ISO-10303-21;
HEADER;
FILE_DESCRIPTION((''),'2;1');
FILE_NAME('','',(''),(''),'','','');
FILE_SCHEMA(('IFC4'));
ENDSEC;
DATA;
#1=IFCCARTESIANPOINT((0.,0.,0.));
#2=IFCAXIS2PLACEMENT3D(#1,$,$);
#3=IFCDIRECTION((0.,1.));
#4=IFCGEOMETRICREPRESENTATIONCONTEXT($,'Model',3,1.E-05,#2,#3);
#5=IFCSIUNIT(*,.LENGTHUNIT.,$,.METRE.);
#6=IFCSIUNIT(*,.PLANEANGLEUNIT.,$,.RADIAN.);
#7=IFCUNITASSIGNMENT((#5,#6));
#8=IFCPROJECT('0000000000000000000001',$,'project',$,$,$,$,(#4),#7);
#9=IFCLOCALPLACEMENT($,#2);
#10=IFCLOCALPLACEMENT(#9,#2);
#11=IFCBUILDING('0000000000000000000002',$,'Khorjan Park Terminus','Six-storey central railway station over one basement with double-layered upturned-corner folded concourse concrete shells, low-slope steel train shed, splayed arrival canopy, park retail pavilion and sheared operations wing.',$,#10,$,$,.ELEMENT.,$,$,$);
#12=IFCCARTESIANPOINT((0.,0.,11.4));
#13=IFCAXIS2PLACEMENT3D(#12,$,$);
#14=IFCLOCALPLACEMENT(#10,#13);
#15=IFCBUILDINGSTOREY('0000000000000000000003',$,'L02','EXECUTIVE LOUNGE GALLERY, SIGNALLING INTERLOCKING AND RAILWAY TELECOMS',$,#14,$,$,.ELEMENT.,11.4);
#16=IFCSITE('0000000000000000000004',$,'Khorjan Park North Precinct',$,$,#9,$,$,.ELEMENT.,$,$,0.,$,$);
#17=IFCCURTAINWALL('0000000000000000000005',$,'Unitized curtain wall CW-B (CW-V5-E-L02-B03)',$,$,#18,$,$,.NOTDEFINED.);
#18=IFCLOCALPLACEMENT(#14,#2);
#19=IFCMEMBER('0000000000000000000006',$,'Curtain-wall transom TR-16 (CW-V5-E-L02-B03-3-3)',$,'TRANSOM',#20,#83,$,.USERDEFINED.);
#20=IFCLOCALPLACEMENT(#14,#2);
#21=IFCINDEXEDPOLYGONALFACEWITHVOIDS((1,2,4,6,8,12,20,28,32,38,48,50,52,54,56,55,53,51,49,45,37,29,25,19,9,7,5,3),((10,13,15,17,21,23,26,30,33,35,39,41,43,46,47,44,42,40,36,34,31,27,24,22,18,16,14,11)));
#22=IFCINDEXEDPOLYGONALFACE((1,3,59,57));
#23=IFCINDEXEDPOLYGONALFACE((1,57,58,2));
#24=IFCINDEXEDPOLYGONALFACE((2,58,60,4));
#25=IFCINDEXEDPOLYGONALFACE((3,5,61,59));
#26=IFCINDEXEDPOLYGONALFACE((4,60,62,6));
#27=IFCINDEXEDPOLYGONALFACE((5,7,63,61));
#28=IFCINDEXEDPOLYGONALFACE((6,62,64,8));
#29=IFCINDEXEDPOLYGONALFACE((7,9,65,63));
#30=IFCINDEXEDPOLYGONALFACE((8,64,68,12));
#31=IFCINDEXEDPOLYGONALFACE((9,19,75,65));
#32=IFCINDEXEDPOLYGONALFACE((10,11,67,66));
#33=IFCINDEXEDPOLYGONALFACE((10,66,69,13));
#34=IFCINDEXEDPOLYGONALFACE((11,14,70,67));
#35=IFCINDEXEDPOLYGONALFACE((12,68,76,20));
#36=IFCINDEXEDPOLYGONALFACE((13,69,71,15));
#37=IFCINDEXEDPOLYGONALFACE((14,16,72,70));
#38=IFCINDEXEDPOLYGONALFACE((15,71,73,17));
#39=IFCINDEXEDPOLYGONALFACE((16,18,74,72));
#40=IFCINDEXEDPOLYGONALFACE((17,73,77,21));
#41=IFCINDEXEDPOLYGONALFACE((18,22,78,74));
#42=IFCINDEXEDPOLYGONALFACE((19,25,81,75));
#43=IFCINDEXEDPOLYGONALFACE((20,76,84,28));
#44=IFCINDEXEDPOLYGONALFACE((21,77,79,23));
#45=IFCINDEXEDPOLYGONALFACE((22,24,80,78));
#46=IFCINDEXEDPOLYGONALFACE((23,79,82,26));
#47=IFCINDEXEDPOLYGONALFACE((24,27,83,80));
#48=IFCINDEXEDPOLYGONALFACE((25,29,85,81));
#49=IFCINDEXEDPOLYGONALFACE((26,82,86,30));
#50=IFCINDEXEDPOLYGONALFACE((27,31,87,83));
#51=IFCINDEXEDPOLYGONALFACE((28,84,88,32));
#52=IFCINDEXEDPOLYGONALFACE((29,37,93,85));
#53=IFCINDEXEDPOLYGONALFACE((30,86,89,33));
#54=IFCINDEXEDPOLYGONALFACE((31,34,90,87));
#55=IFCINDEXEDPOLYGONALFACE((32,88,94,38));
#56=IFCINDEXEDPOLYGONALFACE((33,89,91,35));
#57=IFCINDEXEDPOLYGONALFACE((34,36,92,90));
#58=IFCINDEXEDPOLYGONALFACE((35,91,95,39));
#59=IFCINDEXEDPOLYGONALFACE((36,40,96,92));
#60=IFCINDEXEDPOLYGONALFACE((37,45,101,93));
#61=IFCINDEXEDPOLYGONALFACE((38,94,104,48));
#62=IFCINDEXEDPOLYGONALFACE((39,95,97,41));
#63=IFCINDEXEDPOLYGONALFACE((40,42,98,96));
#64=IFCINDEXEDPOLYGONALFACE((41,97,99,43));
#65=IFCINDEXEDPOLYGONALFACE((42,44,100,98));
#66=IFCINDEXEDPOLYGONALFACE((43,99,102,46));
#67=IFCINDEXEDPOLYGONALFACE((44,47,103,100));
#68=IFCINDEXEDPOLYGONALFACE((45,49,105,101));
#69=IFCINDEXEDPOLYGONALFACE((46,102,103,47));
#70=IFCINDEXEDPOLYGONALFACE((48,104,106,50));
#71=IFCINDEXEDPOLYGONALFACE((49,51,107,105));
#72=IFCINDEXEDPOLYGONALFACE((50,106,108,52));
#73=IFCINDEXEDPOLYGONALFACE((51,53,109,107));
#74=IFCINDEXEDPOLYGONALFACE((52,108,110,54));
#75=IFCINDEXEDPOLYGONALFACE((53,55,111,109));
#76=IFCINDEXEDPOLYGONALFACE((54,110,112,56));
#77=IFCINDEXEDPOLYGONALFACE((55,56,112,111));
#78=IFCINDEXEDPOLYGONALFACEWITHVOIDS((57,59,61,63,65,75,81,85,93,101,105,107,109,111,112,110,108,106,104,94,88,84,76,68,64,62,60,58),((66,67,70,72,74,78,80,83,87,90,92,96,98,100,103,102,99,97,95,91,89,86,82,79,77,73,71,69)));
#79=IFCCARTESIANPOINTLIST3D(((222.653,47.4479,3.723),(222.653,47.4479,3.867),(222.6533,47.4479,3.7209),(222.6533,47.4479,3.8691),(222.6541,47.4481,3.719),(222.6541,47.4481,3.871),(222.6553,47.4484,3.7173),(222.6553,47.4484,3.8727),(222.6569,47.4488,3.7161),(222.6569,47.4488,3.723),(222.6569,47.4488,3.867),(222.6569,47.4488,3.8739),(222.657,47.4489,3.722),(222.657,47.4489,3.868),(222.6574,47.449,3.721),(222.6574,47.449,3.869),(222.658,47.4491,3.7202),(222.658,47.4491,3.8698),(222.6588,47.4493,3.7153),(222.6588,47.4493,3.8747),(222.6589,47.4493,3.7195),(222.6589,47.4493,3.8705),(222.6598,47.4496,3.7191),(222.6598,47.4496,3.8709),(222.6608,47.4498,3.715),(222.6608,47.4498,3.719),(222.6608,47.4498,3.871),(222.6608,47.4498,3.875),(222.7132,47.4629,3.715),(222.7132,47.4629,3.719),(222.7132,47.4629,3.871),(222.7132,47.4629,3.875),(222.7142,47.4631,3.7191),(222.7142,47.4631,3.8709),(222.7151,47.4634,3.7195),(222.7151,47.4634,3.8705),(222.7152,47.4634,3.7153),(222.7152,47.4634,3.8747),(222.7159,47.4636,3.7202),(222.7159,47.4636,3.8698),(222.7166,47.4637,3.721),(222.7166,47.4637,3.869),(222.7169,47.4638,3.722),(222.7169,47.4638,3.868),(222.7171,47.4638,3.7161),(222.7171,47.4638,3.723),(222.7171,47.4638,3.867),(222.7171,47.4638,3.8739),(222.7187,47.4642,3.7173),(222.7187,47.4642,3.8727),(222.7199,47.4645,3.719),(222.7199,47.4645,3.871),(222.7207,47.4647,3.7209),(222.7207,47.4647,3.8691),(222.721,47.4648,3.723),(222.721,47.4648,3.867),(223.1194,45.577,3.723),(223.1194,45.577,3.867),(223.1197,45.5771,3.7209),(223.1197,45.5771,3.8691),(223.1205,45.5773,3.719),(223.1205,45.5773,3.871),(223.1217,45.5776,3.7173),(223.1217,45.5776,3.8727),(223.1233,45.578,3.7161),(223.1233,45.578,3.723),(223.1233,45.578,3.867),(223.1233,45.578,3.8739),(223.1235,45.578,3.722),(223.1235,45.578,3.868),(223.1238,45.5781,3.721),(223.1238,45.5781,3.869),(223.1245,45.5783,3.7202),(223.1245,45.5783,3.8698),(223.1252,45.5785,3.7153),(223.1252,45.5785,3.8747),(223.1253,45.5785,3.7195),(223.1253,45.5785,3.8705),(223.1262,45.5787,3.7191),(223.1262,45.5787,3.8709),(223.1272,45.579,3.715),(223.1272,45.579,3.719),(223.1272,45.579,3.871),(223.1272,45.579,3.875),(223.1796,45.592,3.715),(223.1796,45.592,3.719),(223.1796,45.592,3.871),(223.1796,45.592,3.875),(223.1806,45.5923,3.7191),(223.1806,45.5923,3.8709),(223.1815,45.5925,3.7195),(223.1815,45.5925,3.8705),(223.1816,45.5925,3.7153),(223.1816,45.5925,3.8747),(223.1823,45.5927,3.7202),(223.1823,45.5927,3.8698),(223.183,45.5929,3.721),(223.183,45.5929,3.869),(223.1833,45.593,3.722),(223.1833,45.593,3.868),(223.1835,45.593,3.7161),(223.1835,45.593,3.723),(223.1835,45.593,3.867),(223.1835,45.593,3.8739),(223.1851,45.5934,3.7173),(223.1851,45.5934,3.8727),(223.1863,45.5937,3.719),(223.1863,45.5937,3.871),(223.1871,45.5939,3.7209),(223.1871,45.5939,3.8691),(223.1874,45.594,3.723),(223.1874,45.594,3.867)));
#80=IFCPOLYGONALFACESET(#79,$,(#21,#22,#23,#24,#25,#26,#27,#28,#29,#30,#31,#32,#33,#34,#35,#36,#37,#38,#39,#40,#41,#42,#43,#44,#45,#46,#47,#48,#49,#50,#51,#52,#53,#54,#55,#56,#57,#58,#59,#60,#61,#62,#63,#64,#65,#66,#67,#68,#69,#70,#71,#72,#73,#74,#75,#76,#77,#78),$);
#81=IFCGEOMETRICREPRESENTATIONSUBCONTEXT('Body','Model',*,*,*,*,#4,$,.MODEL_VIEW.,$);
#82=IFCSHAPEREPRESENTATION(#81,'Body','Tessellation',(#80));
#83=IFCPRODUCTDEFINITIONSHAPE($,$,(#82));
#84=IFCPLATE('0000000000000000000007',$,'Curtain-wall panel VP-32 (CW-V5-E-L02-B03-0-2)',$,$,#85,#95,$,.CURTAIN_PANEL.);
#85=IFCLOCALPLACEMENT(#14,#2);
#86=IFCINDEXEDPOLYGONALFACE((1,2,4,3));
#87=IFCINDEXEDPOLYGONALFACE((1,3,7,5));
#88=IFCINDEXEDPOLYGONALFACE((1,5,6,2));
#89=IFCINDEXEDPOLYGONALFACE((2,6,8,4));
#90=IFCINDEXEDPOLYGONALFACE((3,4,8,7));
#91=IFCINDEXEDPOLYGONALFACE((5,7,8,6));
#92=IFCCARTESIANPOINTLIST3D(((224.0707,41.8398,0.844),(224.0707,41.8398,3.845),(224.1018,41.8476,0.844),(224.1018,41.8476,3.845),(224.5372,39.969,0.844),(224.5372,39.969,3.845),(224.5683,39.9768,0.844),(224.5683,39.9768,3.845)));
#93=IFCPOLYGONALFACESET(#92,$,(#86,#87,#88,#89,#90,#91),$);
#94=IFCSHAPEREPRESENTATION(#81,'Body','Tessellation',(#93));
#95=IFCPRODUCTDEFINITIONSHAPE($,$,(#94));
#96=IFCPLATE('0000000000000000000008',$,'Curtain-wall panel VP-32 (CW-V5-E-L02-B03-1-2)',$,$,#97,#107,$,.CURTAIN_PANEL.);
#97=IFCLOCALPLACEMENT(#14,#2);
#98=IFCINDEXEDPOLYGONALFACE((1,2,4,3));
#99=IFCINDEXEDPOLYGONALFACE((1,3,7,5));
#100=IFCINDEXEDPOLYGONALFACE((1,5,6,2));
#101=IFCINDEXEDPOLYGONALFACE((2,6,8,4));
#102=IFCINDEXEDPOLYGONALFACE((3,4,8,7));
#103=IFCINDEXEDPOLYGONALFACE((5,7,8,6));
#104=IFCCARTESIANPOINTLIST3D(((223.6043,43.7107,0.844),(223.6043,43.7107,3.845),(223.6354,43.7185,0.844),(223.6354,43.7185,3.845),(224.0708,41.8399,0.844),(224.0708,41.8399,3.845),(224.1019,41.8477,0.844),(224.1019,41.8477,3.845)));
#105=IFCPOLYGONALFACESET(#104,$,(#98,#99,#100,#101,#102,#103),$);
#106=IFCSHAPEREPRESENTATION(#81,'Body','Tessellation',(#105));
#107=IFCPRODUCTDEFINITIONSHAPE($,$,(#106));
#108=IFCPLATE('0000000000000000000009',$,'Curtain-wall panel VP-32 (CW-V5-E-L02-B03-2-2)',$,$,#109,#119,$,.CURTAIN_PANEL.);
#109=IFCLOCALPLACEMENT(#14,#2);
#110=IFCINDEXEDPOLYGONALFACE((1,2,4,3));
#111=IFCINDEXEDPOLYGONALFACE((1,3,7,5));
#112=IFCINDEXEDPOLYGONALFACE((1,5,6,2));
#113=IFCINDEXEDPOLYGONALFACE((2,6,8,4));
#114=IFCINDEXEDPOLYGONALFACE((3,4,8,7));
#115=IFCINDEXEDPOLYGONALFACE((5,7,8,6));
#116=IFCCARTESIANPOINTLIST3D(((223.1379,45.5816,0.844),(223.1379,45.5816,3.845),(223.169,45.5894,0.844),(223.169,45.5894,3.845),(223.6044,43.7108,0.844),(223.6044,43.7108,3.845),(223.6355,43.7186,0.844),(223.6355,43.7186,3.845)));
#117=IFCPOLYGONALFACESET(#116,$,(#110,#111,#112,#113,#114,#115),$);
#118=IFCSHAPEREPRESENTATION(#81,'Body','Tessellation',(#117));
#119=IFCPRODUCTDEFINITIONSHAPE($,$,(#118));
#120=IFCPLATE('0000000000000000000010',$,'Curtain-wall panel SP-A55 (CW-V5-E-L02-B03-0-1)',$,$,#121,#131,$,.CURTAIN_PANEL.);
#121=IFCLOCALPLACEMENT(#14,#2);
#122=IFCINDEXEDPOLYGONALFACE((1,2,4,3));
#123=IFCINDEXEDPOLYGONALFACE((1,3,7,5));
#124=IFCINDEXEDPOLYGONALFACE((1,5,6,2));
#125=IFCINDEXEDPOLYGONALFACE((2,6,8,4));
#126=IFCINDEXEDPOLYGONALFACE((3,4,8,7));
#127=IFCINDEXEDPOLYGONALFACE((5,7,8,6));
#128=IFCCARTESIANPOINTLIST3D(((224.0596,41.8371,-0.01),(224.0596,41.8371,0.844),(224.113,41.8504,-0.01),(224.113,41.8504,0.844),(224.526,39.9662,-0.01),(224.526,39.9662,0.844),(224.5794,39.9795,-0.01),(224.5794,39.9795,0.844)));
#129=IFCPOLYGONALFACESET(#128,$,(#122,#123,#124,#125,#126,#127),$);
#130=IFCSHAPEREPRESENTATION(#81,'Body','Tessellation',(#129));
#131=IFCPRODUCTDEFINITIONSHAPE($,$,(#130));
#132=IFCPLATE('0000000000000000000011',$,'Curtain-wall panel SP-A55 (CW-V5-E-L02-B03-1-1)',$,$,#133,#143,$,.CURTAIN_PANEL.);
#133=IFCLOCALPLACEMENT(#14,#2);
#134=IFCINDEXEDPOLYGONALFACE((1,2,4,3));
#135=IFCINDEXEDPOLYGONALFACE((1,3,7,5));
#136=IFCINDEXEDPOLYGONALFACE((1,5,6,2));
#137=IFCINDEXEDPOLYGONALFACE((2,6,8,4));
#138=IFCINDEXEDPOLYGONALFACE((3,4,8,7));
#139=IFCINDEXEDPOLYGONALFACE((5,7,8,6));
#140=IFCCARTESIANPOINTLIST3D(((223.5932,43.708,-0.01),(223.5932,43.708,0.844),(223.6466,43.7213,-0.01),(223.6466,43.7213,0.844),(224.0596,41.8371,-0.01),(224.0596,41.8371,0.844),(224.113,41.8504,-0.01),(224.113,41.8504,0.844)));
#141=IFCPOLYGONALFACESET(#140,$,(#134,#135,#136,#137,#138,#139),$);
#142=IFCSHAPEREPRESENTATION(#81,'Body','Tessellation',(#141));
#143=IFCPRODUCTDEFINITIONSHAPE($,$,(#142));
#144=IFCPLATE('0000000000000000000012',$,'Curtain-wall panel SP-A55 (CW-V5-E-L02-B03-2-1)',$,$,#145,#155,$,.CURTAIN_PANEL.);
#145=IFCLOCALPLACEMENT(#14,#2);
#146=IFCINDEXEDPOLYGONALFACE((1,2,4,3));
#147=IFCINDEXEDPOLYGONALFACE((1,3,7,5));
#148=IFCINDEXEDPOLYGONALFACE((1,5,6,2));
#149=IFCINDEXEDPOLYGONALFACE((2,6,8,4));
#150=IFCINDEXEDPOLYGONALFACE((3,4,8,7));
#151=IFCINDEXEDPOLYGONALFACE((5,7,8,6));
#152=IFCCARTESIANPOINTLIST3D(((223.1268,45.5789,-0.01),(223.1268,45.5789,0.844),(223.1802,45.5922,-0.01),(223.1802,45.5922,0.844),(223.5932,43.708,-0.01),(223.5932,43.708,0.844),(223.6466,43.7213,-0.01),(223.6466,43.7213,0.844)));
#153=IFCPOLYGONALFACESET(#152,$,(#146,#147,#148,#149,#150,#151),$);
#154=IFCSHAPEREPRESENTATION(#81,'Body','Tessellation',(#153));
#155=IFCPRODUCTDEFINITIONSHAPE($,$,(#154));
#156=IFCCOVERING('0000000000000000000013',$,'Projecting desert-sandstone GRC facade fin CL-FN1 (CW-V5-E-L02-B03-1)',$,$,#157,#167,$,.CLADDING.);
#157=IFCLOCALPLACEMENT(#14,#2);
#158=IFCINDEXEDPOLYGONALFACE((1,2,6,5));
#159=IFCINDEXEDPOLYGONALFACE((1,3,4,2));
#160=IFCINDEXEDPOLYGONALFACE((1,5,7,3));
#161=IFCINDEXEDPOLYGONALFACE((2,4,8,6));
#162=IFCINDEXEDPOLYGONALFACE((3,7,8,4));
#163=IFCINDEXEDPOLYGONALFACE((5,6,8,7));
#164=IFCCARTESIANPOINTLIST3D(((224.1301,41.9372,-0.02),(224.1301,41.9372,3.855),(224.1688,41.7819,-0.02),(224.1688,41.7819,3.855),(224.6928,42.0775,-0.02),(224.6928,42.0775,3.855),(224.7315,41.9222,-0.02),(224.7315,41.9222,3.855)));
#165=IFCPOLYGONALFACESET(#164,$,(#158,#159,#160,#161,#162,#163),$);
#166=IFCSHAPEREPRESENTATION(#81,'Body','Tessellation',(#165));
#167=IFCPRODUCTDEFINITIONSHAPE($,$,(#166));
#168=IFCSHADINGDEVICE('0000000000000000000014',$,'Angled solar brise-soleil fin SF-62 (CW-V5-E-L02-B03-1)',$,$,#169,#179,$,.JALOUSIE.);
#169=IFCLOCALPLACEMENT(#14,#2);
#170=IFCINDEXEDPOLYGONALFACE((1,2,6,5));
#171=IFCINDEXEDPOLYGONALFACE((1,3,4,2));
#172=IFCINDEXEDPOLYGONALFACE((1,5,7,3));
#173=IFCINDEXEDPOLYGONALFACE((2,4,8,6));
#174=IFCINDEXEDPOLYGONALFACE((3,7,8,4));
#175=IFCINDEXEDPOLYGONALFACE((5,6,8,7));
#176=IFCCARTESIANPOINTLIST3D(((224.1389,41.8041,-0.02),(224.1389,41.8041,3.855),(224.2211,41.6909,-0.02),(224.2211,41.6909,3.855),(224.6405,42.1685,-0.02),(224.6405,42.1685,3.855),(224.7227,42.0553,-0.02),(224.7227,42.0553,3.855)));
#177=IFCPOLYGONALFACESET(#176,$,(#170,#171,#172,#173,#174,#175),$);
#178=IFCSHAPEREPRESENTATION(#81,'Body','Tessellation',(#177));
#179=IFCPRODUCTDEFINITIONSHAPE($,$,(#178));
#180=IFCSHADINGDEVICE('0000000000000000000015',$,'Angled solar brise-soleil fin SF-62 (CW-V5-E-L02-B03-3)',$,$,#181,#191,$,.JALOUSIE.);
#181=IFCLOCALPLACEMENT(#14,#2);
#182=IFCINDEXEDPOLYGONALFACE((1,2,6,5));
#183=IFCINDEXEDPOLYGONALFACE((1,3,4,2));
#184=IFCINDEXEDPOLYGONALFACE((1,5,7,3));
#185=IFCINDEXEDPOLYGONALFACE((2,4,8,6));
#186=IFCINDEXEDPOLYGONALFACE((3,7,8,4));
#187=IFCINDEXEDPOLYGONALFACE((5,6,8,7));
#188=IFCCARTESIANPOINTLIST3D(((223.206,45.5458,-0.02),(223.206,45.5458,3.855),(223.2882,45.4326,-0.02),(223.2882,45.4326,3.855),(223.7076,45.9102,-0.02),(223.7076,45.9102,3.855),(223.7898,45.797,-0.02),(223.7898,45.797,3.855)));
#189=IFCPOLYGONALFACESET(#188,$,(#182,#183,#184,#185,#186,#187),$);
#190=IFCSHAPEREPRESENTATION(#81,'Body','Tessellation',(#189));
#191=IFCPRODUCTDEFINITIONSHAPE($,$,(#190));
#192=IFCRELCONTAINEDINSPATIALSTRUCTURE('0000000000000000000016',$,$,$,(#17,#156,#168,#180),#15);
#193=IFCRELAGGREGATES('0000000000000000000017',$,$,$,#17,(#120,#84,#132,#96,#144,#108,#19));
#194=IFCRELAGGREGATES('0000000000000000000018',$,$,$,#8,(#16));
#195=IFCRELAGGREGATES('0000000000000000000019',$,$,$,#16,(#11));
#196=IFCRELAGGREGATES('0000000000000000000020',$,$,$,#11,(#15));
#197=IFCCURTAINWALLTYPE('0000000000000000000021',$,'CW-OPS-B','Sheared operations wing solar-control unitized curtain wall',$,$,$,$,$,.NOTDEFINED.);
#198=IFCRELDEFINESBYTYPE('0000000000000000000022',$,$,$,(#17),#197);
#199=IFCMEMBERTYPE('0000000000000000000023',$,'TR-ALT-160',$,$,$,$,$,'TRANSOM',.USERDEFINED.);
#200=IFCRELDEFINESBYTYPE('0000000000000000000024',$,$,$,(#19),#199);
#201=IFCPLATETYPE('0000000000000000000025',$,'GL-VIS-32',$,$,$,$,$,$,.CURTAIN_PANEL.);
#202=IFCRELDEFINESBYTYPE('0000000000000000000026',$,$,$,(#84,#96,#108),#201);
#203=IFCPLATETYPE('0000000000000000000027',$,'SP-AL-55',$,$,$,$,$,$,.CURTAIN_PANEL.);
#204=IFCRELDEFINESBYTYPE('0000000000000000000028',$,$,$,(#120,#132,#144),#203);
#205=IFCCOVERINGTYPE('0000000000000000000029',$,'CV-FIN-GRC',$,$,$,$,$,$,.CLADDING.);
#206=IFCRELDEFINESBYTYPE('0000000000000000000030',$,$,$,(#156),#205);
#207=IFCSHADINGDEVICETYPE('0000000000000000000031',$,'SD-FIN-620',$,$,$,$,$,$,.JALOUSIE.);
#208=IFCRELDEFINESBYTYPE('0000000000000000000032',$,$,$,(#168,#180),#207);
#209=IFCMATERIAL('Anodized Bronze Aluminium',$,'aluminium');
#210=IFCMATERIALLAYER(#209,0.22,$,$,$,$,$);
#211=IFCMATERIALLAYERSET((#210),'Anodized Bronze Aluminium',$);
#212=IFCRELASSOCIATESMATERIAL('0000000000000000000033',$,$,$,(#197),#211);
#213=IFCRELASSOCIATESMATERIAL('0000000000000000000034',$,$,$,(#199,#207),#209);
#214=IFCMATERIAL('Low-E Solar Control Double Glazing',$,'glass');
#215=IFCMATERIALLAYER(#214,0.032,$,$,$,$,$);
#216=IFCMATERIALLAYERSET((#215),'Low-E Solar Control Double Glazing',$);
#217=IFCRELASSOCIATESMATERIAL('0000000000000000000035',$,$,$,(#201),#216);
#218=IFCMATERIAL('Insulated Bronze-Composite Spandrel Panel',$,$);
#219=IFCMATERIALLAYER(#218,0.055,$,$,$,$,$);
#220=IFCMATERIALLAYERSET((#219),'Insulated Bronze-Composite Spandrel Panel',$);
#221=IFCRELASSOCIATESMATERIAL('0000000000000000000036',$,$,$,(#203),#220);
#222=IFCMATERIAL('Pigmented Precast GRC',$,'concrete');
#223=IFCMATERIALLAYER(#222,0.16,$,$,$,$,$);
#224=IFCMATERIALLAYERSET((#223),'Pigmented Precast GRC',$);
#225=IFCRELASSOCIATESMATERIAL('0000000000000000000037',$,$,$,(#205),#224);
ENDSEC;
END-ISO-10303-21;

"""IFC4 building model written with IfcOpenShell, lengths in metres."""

from ifc_helpers import new_model, si_unit, direction, frame, origin, origin_2d, place, context, subcontext, project, spatial, rectangle, hollow_rectangle, extrude, material, layer, layer_set, material_profile, profile_set, type_object, element, aggregate, save


model = new_model("IFC4")

# Units and contexts
model_context = context("Model", 3, precision=1e-05, world=origin(), true_north=direction((0.0, 1.0)))
body_context = subcontext(model_context, "Body", "Model", "MODEL_VIEW")
ifc_project = project(units=[si_unit("LENGTHUNIT", "METRE"), si_unit("PLANEANGLEUNIT", "RADIAN")], contexts=[model_context])

# Site, building, storey
site_placement = place(None, origin())
site = spatial("IfcSite", under=ifc_project, at=site_placement, Name="Khorjan Park North Precinct", CompositionType="ELEMENT", RefElevation=0.0)
building_placement = place(site_placement, origin())
building = spatial("IfcBuilding", under=site, at=building_placement, Name="Khorjan Park Terminus", Description="Six-storey central railway station over one basement with double-layered upturned-corner folded concourse concrete shells, low-slope steel train shed, splayed arrival canopy, park retail pavilion and sheared operations wing.", CompositionType="ELEMENT")
storey_placement = place(building_placement, frame((0.0, 0.0, 11.4)))
storey = spatial("IfcBuildingStorey", under=building, at=storey_placement, Name="L02", Description="EXECUTIVE LOUNGE GALLERY, SIGNALLING INTERLOCKING AND RAILWAY TELECOMS", CompositionType="ELEMENT", Elevation=11.4)

# Curtain wall, member, plates
ifc_material_1 = material(Name="Anodized Bronze Aluminium", Category="aluminium")
ifc_layer_1 = layer(ifc_material_1, 0.22)
ifc_layer_set_1 = layer_set([ifc_layer_1], Name="Anodized Bronze Aluminium")
curtain_wall_type = type_object("IfcCurtainWallType", Name="CW-OPS-B", Description="Sheared operations wing solar-control unitized curtain wall", PredefinedType="NOTDEFINED", material=ifc_layer_set_1)
curtain_wall_placement = place(storey_placement, origin())
curtain_wall = element("IfcCurtainWall", 1, at=curtain_wall_placement, inside=storey, type_object=curtain_wall_type, Name="Unitized curtain wall CW-B (CW-V5-E-L02-B03)", PredefinedType="NOTDEFINED")
ifc_material_profile_1 = material_profile(ifc_material_1, hollow_rectangle(XDim=0.07, YDim=0.16, WallThickness=0.004, InnerFilletRadius=0.004, OuterFilletRadius=0.008, at=origin_2d()), Name="ALT 70x160x4")
ifc_profile_set_1 = profile_set([ifc_material_profile_1], Name="Anodized Bronze Aluminium")
member_type_1 = type_object("IfcMemberType", Name="TR-ALT-160", ElementType="TRANSOM", PredefinedType="USERDEFINED", material=ifc_profile_set_1)
member_1_placement = place(storey_placement, frame((223.1534, 45.5855, 3.795), z_axis=(-0.241901, 0.970301, 0.0), x_axis=(-0.970301, -0.241901, 0.0)))
member_1 = element("IfcMember", 2, at=member_1_placement, type_object=member_type_1, Name="Curtain-wall transom TR-16 (CW-V5-E-L02-B03-3-3)", ObjectType="TRANSOM", PredefinedType="USERDEFINED", context=body_context, shape_type="SweptSolid", body=[
    extrude(hollow_rectangle(XDim=0.07, YDim=0.16, WallThickness=0.004, InnerFilletRadius=0.004, OuterFilletRadius=0.008, at=origin_2d()), origin(), (0.0, 0.0, 1.0), 1.9281),
])
ifc_material_2 = material(Name="Low-E Solar Control Double Glazing", Category="glass")
ifc_layer_2 = layer(ifc_material_2, 0.032)
ifc_layer_set_2 = layer_set([ifc_layer_2], Name="Low-E Solar Control Double Glazing")
plate_type_1 = type_object("IfcPlateType", Name="GL-VIS-32", PredefinedType="CURTAIN_PANEL", material=ifc_layer_set_2)
plate_1_placement = place(storey_placement, frame((224.3195, 40.9083, 0.844), z_axis=(0.0, 0.0, 1.0), x_axis=(-0.241923, 0.970295, 0.0)))
plate_1 = element("IfcPlate", 3, at=plate_1_placement, type_object=plate_type_1, Name="Curtain-wall panel VP-32 (CW-V5-E-L02-B03-0-2)", PredefinedType="CURTAIN_PANEL", context=body_context, shape_type="SweptSolid", body=[
    extrude(rectangle(XDim=1.9281, YDim=0.032, at=origin_2d()), origin(), (0.0, 0.0, 1.0), 3.001),
])
plate_2_placement = place(storey_placement, frame((223.8531, 42.7792, 0.844), z_axis=(0.0, 0.0, 1.0), x_axis=(-0.241923, 0.970295, 0.0)))
plate_2 = element("IfcPlate", 4, at=plate_2_placement, type_object=plate_type_1, Name="Curtain-wall panel VP-32 (CW-V5-E-L02-B03-1-2)", PredefinedType="CURTAIN_PANEL", context=body_context, shape_type="SweptSolid", body=[
    extrude(rectangle(XDim=1.9281, YDim=0.032, at=origin_2d()), origin(), (0.0, 0.0, 1.0), 3.001),
])
plate_3_placement = place(storey_placement, frame((223.3867, 44.6501, 0.844), z_axis=(0.0, 0.0, 1.0), x_axis=(-0.241923, 0.970295, 0.0)))
plate_3 = element("IfcPlate", 5, at=plate_3_placement, type_object=plate_type_1, Name="Curtain-wall panel VP-32 (CW-V5-E-L02-B03-2-2)", PredefinedType="CURTAIN_PANEL", context=body_context, shape_type="SweptSolid", body=[
    extrude(rectangle(XDim=1.9281, YDim=0.032, at=origin_2d()), origin(), (0.0, 0.0, 1.0), 3.001),
])
ifc_material_3 = material(Name="Insulated Bronze-Composite Spandrel Panel")
ifc_layer_3 = layer(ifc_material_3, 0.055)
ifc_layer_set_3 = layer_set([ifc_layer_3], Name="Insulated Bronze-Composite Spandrel Panel")
plate_type_2 = type_object("IfcPlateType", Name="SP-AL-55", PredefinedType="CURTAIN_PANEL", material=ifc_layer_set_3)
plate_4_placement = place(storey_placement, frame((224.3195, 40.9083, -0.01), z_axis=(0.0, 0.0, 1.0), x_axis=(-0.241923, 0.970295, 0.0)))
plate_4 = element("IfcPlate", 6, at=plate_4_placement, type_object=plate_type_2, Name="Curtain-wall panel SP-A55 (CW-V5-E-L02-B03-0-1)", PredefinedType="CURTAIN_PANEL", context=body_context, shape_type="SweptSolid", body=[
    extrude(rectangle(XDim=1.9281, YDim=0.055, at=origin_2d()), origin(), (0.0, 0.0, 1.0), 0.854),
])
plate_5_placement = place(storey_placement, frame((223.8531, 42.7792, -0.01), z_axis=(0.0, 0.0, 1.0), x_axis=(-0.241923, 0.970295, 0.0)))
plate_5 = element("IfcPlate", 7, at=plate_5_placement, type_object=plate_type_2, Name="Curtain-wall panel SP-A55 (CW-V5-E-L02-B03-1-1)", PredefinedType="CURTAIN_PANEL", context=body_context, shape_type="SweptSolid", body=[
    extrude(rectangle(XDim=1.9281, YDim=0.055, at=origin_2d()), origin(), (0.0, 0.0, 1.0), 0.854),
])
plate_6_placement = place(storey_placement, frame((223.3867, 44.6501, -0.01), z_axis=(0.0, 0.0, 1.0), x_axis=(-0.241923, 0.970295, 0.0)))
plate_6 = element("IfcPlate", 8, at=plate_6_placement, type_object=plate_type_2, Name="Curtain-wall panel SP-A55 (CW-V5-E-L02-B03-2-1)", PredefinedType="CURTAIN_PANEL", context=body_context, shape_type="SweptSolid", body=[
    extrude(rectangle(XDim=1.9281, YDim=0.055, at=origin_2d()), origin(), (0.0, 0.0, 1.0), 0.854),
])
aggregate(curtain_wall, [plate_4, plate_1, plate_5, plate_2, plate_6, plate_3, member_1])

# Covering
ifc_material_4 = material(Name="Pigmented Precast GRC", Category="concrete")
ifc_layer_4 = layer(ifc_material_4, 0.16)
ifc_layer_set_4 = layer_set([ifc_layer_4], Name="Pigmented Precast GRC")
covering_type = type_object("IfcCoveringType", Name="CV-FIN-GRC", PredefinedType="CLADDING", material=ifc_layer_set_4)
covering_placement = place(storey_placement, frame((224.4308, 41.9297, -0.02), z_axis=(0.0, 0.0, 1.0), x_axis=(-0.970296, -0.241922, 0.0)))
element("IfcCovering", 9, at=covering_placement, inside=storey, type_object=covering_type, Name="Projecting desert-sandstone GRC facade fin CL-FN1 (CW-V5-E-L02-B03-1)", PredefinedType="CLADDING", context=body_context, shape_type="SweptSolid", body=[
    extrude(rectangle(XDim=0.58, YDim=0.16, at=origin_2d()), origin(), (0.0, 0.0, 1.0), 3.875),
])

# Shading devices
shading_device_type = type_object("IfcShadingDeviceType", Name="SD-FIN-620", PredefinedType="JALOUSIE", material=ifc_material_1)
for number, where, z_axis, x_axis, name in (
    (10, (224.4308, 41.9297, -0.02), (0.0, 0.0, 1.0), (-0.809017, -0.587785, 0.0), "Angled solar brise-soleil fin SF-62 (CW-V5-E-L02-B03-1)"),
    (11, (223.4979, 45.6714, -0.02), (0.0, 0.0, 1.0), (-0.809017, -0.587785, 0.0), "Angled solar brise-soleil fin SF-62 (CW-V5-E-L02-B03-3)"),
):
    element("IfcShadingDevice", number, at=place(storey_placement, frame(where, z_axis=z_axis, x_axis=x_axis)), inside=storey, type_object=shading_device_type, Name=name, PredefinedType="JALOUSIE", context=body_context, shape_type="SweptSolid", body=[
        extrude(rectangle(XDim=0.62, YDim=0.14, at=origin_2d()), origin(), (0.0, 0.0, 1.0), 3.875),
    ])

save(model, "model.ifc")
